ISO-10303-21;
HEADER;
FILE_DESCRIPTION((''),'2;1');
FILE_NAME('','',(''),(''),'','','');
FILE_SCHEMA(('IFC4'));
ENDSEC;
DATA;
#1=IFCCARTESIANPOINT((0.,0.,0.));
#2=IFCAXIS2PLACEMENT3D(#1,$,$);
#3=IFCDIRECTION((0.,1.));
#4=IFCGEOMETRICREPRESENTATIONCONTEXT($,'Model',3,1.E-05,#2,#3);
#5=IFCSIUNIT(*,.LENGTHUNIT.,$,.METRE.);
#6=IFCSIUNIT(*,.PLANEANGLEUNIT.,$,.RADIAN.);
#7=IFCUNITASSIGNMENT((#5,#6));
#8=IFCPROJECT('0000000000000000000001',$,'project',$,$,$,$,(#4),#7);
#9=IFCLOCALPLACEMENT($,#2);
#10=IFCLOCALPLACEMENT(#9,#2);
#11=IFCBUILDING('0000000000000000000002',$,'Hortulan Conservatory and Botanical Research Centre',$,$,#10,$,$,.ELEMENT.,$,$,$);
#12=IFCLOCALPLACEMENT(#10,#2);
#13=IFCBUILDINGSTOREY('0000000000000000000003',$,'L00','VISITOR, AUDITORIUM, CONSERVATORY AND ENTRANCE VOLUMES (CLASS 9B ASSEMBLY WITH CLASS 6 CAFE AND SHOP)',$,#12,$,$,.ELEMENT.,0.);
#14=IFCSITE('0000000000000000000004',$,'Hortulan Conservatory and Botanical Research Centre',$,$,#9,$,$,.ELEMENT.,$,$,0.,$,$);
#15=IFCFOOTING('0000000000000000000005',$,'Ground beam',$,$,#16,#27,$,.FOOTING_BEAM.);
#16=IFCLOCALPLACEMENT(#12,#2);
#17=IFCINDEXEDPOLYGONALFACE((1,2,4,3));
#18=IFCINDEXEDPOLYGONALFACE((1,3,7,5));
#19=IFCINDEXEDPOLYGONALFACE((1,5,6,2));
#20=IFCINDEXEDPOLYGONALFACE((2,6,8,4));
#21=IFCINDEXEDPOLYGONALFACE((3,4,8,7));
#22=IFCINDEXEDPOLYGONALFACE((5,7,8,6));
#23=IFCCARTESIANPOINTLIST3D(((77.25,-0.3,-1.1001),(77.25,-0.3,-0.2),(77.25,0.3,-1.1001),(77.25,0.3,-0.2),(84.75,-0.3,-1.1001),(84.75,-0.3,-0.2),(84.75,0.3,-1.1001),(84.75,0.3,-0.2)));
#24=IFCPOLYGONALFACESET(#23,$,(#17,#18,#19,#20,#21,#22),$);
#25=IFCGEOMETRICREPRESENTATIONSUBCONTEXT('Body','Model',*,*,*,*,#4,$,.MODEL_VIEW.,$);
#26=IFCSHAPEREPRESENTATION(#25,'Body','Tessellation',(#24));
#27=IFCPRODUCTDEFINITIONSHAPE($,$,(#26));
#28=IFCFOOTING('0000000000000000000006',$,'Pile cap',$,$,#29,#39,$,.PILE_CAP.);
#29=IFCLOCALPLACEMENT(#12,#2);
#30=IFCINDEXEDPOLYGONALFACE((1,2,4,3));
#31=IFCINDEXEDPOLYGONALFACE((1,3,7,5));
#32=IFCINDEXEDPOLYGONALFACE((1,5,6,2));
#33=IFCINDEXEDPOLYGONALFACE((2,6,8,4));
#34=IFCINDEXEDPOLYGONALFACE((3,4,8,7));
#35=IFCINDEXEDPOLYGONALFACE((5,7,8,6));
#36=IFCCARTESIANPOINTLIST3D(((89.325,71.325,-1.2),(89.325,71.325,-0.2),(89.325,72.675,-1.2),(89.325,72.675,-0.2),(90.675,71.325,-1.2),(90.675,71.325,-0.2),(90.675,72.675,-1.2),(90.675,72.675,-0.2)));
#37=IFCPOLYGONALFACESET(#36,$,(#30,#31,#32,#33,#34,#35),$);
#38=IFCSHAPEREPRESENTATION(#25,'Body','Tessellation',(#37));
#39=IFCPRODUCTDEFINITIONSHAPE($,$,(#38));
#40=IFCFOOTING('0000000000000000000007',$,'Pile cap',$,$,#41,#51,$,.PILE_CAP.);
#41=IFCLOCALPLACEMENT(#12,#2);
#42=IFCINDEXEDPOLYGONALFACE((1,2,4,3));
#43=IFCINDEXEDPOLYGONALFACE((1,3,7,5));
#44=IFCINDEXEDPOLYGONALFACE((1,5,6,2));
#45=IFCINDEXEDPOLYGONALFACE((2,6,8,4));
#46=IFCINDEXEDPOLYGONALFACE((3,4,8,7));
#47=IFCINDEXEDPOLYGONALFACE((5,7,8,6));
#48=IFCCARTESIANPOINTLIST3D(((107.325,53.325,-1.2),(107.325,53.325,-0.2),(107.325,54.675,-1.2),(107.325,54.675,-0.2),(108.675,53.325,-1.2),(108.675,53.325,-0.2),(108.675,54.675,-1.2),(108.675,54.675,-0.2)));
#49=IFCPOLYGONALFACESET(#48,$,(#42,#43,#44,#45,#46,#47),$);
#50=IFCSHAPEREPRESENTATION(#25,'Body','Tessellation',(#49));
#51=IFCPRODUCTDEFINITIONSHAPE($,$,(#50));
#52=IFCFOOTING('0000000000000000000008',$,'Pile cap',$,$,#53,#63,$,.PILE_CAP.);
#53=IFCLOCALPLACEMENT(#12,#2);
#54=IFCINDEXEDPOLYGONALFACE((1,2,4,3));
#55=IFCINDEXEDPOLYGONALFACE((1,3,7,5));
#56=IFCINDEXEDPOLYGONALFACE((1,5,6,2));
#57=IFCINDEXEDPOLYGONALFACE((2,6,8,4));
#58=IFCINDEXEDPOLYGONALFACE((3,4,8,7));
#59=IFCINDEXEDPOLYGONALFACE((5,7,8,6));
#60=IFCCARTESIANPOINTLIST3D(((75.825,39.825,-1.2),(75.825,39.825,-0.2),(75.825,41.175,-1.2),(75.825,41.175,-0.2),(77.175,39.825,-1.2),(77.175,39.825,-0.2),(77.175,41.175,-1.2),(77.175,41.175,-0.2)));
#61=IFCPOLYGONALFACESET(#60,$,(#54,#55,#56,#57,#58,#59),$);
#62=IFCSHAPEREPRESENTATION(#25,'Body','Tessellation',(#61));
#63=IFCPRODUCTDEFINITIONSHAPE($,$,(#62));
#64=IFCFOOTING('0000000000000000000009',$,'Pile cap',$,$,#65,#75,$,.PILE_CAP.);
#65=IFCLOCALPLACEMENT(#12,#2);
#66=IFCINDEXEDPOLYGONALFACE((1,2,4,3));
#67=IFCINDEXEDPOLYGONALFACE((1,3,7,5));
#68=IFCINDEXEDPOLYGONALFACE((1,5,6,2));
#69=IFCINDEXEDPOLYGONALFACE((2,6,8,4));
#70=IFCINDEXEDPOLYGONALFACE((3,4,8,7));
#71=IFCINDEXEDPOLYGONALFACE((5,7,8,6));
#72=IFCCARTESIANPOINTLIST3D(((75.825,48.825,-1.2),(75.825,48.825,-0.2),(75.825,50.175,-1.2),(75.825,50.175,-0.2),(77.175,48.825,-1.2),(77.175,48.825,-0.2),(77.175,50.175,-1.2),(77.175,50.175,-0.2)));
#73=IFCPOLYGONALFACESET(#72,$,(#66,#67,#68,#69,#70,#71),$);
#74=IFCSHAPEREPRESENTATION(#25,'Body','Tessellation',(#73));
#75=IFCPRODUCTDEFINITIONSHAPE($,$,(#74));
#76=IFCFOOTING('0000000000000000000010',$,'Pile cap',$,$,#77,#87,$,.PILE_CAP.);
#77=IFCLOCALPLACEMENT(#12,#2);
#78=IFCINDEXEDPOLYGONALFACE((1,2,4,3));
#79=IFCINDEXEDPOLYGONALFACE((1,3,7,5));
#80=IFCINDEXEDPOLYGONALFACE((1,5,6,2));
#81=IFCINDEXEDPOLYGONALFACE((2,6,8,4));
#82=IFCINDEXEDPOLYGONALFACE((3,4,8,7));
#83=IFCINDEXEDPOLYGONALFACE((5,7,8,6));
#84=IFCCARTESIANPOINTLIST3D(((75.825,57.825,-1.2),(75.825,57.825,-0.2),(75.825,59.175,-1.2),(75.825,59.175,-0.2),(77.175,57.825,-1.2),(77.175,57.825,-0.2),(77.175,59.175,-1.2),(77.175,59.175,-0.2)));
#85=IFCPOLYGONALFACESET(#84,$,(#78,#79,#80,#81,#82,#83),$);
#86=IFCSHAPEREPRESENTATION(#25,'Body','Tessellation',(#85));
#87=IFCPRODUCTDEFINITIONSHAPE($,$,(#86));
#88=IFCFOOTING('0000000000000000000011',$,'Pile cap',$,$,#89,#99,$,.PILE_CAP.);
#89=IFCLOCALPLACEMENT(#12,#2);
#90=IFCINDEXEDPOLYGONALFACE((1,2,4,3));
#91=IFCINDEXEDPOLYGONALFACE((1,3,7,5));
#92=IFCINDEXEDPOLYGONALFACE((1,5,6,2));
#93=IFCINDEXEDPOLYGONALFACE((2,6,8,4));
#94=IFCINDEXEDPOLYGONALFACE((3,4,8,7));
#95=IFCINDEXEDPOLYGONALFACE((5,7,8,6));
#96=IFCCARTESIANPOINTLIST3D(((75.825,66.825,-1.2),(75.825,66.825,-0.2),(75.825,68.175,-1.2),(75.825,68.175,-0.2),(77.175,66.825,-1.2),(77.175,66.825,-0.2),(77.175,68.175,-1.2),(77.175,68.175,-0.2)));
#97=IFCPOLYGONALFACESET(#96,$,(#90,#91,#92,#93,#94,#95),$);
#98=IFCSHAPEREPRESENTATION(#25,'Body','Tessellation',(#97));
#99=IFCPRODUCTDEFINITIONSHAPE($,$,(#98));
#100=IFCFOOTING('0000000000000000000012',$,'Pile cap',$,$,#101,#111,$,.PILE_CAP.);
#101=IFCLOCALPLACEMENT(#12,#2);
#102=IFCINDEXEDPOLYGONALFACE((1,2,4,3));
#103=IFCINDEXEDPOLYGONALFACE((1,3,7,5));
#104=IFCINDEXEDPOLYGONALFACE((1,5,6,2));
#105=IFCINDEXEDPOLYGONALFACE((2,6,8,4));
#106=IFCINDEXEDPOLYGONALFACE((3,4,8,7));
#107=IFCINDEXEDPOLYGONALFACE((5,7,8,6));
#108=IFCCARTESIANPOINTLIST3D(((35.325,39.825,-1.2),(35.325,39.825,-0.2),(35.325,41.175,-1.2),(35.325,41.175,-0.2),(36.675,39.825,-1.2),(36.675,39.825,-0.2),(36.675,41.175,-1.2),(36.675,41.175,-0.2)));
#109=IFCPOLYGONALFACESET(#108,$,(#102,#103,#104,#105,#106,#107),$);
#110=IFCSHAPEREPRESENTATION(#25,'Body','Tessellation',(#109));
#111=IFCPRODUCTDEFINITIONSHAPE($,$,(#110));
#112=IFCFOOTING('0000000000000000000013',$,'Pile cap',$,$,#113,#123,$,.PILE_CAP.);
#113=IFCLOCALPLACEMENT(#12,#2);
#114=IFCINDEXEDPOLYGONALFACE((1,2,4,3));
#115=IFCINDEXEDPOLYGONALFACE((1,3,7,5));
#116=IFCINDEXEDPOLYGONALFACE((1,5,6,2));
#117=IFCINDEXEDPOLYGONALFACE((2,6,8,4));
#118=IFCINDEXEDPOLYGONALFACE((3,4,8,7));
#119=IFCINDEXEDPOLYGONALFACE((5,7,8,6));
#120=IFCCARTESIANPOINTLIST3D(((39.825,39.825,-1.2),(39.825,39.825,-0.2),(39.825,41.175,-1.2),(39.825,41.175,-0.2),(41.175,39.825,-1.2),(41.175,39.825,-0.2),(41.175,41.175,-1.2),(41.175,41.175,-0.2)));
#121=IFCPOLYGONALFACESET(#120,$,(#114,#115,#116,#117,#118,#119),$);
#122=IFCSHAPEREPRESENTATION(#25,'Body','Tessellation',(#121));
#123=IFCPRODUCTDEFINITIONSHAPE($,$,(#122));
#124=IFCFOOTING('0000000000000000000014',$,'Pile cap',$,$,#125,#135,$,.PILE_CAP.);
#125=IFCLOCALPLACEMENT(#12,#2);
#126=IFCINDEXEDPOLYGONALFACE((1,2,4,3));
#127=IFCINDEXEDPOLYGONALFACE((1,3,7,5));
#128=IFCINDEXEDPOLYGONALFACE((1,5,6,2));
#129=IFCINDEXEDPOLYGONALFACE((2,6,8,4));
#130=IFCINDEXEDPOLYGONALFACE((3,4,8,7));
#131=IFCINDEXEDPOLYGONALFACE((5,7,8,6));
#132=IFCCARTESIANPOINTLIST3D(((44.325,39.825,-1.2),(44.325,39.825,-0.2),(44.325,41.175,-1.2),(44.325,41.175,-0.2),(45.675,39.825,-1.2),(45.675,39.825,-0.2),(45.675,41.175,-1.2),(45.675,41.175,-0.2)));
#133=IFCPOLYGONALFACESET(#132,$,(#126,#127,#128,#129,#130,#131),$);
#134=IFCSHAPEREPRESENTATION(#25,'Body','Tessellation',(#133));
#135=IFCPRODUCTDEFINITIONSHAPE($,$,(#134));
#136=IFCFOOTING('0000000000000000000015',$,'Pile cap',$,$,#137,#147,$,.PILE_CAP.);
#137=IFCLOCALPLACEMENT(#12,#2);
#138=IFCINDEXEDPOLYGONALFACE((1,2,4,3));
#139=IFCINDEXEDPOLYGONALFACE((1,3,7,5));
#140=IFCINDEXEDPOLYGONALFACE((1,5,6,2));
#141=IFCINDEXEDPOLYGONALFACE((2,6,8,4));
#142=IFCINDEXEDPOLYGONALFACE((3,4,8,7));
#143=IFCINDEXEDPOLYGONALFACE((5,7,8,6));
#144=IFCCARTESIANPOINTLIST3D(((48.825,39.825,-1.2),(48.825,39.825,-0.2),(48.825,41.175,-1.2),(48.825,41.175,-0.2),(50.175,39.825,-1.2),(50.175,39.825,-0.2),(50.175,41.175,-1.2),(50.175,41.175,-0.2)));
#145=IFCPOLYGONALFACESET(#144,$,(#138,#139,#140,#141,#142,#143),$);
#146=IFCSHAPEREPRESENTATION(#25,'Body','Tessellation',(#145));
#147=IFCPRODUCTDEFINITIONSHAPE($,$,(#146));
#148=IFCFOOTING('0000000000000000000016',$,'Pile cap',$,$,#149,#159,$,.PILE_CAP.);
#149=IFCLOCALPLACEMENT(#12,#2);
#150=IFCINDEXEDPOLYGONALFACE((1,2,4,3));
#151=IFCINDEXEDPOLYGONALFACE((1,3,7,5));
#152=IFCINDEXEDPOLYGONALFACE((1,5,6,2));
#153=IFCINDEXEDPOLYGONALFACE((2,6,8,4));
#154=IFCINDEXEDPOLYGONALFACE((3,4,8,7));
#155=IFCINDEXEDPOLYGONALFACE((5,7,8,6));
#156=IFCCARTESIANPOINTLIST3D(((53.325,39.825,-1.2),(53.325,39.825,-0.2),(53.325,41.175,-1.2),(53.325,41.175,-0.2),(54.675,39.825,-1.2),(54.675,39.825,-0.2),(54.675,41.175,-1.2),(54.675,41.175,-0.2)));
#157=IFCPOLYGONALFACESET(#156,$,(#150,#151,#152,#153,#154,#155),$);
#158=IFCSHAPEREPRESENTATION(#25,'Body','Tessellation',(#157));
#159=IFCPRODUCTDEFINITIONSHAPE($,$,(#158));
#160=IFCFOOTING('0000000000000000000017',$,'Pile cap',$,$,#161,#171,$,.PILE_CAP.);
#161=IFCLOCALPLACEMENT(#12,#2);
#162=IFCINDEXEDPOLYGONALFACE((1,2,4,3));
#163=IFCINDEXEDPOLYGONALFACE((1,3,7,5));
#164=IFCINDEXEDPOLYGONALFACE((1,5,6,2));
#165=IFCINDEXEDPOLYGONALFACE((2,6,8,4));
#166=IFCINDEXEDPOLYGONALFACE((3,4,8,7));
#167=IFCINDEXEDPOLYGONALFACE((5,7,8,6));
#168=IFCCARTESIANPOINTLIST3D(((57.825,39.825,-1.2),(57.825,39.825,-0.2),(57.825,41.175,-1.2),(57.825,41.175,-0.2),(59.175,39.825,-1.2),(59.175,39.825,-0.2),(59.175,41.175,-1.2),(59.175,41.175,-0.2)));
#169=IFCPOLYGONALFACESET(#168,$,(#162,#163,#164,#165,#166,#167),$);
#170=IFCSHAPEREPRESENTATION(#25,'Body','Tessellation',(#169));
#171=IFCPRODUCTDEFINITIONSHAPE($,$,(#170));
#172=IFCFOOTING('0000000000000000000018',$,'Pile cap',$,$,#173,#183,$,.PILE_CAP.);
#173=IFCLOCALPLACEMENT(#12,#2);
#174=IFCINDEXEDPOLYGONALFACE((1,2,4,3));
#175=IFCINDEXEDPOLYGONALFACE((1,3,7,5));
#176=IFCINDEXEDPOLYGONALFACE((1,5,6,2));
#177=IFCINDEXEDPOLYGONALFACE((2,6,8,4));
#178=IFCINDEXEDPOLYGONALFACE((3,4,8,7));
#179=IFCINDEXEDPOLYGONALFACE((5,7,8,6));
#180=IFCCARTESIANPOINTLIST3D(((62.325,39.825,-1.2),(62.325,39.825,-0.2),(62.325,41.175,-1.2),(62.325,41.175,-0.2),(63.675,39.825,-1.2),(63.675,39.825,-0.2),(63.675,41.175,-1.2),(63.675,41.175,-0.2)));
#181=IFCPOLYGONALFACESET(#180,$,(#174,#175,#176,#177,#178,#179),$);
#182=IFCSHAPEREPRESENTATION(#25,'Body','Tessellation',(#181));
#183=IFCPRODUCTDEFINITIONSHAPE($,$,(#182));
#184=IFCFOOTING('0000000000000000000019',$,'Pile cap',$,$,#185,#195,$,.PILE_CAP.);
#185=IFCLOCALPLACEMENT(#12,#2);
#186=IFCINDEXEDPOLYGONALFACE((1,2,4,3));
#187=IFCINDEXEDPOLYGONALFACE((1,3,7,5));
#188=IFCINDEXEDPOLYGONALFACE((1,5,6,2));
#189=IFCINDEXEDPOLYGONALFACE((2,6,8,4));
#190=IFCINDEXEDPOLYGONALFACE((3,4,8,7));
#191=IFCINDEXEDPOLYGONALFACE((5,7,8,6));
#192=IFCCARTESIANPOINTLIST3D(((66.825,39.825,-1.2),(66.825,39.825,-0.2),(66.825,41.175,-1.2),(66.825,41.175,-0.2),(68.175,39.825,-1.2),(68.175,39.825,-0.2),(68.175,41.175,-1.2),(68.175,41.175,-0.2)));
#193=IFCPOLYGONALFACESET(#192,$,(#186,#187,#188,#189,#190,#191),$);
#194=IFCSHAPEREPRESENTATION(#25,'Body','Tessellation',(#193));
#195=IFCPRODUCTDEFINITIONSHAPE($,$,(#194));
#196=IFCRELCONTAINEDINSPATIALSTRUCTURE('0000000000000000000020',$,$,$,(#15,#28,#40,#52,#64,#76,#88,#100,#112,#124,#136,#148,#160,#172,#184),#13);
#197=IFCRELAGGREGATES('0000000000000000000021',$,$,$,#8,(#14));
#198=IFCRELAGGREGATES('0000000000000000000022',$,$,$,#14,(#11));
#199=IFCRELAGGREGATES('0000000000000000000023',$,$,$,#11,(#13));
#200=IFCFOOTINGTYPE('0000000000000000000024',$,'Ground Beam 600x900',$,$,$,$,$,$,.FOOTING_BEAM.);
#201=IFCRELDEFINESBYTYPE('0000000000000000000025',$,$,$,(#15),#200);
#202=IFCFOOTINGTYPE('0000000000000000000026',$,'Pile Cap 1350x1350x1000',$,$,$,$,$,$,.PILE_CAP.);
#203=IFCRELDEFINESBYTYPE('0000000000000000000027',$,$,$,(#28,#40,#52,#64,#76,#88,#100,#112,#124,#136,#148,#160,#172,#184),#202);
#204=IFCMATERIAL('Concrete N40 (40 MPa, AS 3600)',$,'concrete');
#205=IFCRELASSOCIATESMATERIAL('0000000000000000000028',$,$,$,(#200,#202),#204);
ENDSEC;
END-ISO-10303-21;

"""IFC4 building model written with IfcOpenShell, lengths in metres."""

from ifc_helpers import new_model, si_unit, direction, frame, origin, place, context, subcontext, project, spatial, polyline, outline, extrude, material, type_object, element, save


model = new_model("IFC4")

# Units and contexts
model_context = context("Model", 3, precision=1e-05, world=origin(), true_north=direction((0.0, 1.0)))
body_context = subcontext(model_context, "Body", "Model", "MODEL_VIEW")
ifc_project = project(units=[si_unit("LENGTHUNIT", "METRE"), si_unit("PLANEANGLEUNIT", "RADIAN")], contexts=[model_context])

# Site, building, storey
site_placement = place(None, origin())
site = spatial("IfcSite", under=ifc_project, at=site_placement, Name="Hortulan Conservatory and Botanical Research Centre", CompositionType="ELEMENT", RefElevation=0.0)
building_placement = place(site_placement, origin())
building = spatial("IfcBuilding", under=site, at=building_placement, Name="Hortulan Conservatory and Botanical Research Centre", CompositionType="ELEMENT")
storey_placement = place(building_placement, origin())
storey = spatial("IfcBuildingStorey", under=building, at=storey_placement, Name="L00", Description="VISITOR, AUDITORIUM, CONSERVATORY AND ENTRANCE VOLUMES (CLASS 9B ASSEMBLY WITH CLASS 6 CAFE AND SHOP)", CompositionType="ELEMENT", Elevation=0.0)

# Footings
ifc_material = material(Name="Concrete N40 (40 MPa, AS 3600)", Category="concrete")
footing_type_1 = type_object("IfcFootingType", Name="Ground Beam 600x900", PredefinedType="FOOTING_BEAM", material=ifc_material)
footing_1_placement = place(storey_placement, frame((0.0, 0.0, -1.1001)))
element("IfcFooting", 1, at=footing_1_placement, inside=storey, type_object=footing_type_1, Name="Ground beam", PredefinedType="FOOTING_BEAM", context=body_context, shape_type="SweptSolid", body=[
    extrude(outline(polyline([(84.75, -0.3), (84.75, 0.3), (77.25, 0.3), (77.25, -0.3), (84.75, -0.3)])), origin(), (0.0, 0.0, 1.0), 0.9001),
])
footing_type_2 = type_object("IfcFootingType", Name="Pile Cap 1350x1350x1000", PredefinedType="PILE_CAP", material=ifc_material)
footing_2_placement = place(storey_placement, frame((0.0, 0.0, -1.2)))
element("IfcFooting", 2, at=footing_2_placement, inside=storey, type_object=footing_type_2, Name="Pile cap", PredefinedType="PILE_CAP", context=body_context, shape_type="SweptSolid", body=[
    extrude(outline(polyline([(90.675, 71.325), (90.675, 72.675), (89.325, 72.675), (89.325, 71.325), (90.675, 71.325)])), origin(), (0.0, 0.0, 1.0), 1.0),
])
footing_3_placement = place(storey_placement, frame((0.0, 0.0, -1.2)))
element("IfcFooting", 3, at=footing_3_placement, inside=storey, type_object=footing_type_2, Name="Pile cap", PredefinedType="PILE_CAP", context=body_context, shape_type="SweptSolid", body=[
    extrude(outline(polyline([(108.675, 53.325), (108.675, 54.675), (107.325, 54.675), (107.325, 53.325), (108.675, 53.325)])), origin(), (0.0, 0.0, 1.0), 1.0),
])
footing_4_placement = place(storey_placement, frame((0.0, 0.0, -1.2)))
element("IfcFooting", 4, at=footing_4_placement, inside=storey, type_object=footing_type_2, Name="Pile cap", PredefinedType="PILE_CAP", context=body_context, shape_type="SweptSolid", body=[
    extrude(outline(polyline([(77.175, 39.825), (77.175, 41.175), (75.825, 41.175), (75.825, 39.825), (77.175, 39.825)])), origin(), (0.0, 0.0, 1.0), 1.0),
])
footing_5_placement = place(storey_placement, frame((0.0, 0.0, -1.2)))
element("IfcFooting", 5, at=footing_5_placement, inside=storey, type_object=footing_type_2, Name="Pile cap", PredefinedType="PILE_CAP", context=body_context, shape_type="SweptSolid", body=[
    extrude(outline(polyline([(77.175, 48.825), (77.175, 50.175), (75.825, 50.175), (75.825, 48.825), (77.175, 48.825)])), origin(), (0.0, 0.0, 1.0), 1.0),
])
footing_6_placement = place(storey_placement, frame((0.0, 0.0, -1.2)))
element("IfcFooting", 6, at=footing_6_placement, inside=storey, type_object=footing_type_2, Name="Pile cap", PredefinedType="PILE_CAP", context=body_context, shape_type="SweptSolid", body=[
    extrude(outline(polyline([(77.175, 57.825), (77.175, 59.175), (75.825, 59.175), (75.825, 57.825), (77.175, 57.825)])), origin(), (0.0, 0.0, 1.0), 1.0),
])
footing_7_placement = place(storey_placement, frame((0.0, 0.0, -1.2)))
element("IfcFooting", 7, at=footing_7_placement, inside=storey, type_object=footing_type_2, Name="Pile cap", PredefinedType="PILE_CAP", context=body_context, shape_type="SweptSolid", body=[
    extrude(outline(polyline([(77.175, 66.825), (77.175, 68.175), (75.825, 68.175), (75.825, 66.825), (77.175, 66.825)])), origin(), (0.0, 0.0, 1.0), 1.0),
])
footing_8_placement = place(storey_placement, frame((0.0, 0.0, -1.2)))
element("IfcFooting", 8, at=footing_8_placement, inside=storey, type_object=footing_type_2, Name="Pile cap", PredefinedType="PILE_CAP", context=body_context, shape_type="SweptSolid", body=[
    extrude(outline(polyline([(36.675, 39.825), (36.675, 41.175), (35.325, 41.175), (35.325, 39.825), (36.675, 39.825)])), origin(), (0.0, 0.0, 1.0), 1.0),
])
footing_9_placement = place(storey_placement, frame((0.0, 0.0, -1.2)))
element("IfcFooting", 9, at=footing_9_placement, inside=storey, type_object=footing_type_2, Name="Pile cap", PredefinedType="PILE_CAP", context=body_context, shape_type="SweptSolid", body=[
    extrude(outline(polyline([(41.175, 39.825), (41.175, 41.175), (39.825, 41.175), (39.825, 39.825), (41.175, 39.825)])), origin(), (0.0, 0.0, 1.0), 1.0),
])
footing_10_placement = place(storey_placement, frame((0.0, 0.0, -1.2)))
element("IfcFooting", 10, at=footing_10_placement, inside=storey, type_object=footing_type_2, Name="Pile cap", PredefinedType="PILE_CAP", context=body_context, shape_type="SweptSolid", body=[
    extrude(outline(polyline([(45.675, 39.825), (45.675, 41.175), (44.325, 41.175), (44.325, 39.825), (45.675, 39.825)])), origin(), (0.0, 0.0, 1.0), 1.0),
])
footing_11_placement = place(storey_placement, frame((0.0, 0.0, -1.2)))
element("IfcFooting", 11, at=footing_11_placement, inside=storey, type_object=footing_type_2, Name="Pile cap", PredefinedType="PILE_CAP", context=body_context, shape_type="SweptSolid", body=[
    extrude(outline(polyline([(50.175, 39.825), (50.175, 41.175), (48.825, 41.175), (48.825, 39.825), (50.175, 39.825)])), origin(), (0.0, 0.0, 1.0), 1.0),
])
footing_12_placement = place(storey_placement, frame((0.0, 0.0, -1.2)))
element("IfcFooting", 12, at=footing_12_placement, inside=storey, type_object=footing_type_2, Name="Pile cap", PredefinedType="PILE_CAP", context=body_context, shape_type="SweptSolid", body=[
    extrude(outline(polyline([(54.675, 39.825), (54.675, 41.175), (53.325, 41.175), (53.325, 39.825), (54.675, 39.825)])), origin(), (0.0, 0.0, 1.0), 1.0),
])
footing_13_placement = place(storey_placement, frame((0.0, 0.0, -1.2)))
element("IfcFooting", 13, at=footing_13_placement, inside=storey, type_object=footing_type_2, Name="Pile cap", PredefinedType="PILE_CAP", context=body_context, shape_type="SweptSolid", body=[
    extrude(outline(polyline([(59.175, 39.825), (59.175, 41.175), (57.825, 41.175), (57.825, 39.825), (59.175, 39.825)])), origin(), (0.0, 0.0, 1.0), 1.0),
])
footing_14_placement = place(storey_placement, frame((0.0, 0.0, -1.2)))
element("IfcFooting", 14, at=footing_14_placement, inside=storey, type_object=footing_type_2, Name="Pile cap", PredefinedType="PILE_CAP", context=body_context, shape_type="SweptSolid", body=[
    extrude(outline(polyline([(63.675, 39.825), (63.675, 41.175), (62.325, 41.175), (62.325, 39.825), (63.675, 39.825)])), origin(), (0.0, 0.0, 1.0), 1.0),
])
footing_15_placement = place(storey_placement, frame((0.0, 0.0, -1.2)))
element("IfcFooting", 15, at=footing_15_placement, inside=storey, type_object=footing_type_2, Name="Pile cap", PredefinedType="PILE_CAP", context=body_context, shape_type="SweptSolid", body=[
    extrude(outline(polyline([(68.175, 39.825), (68.175, 41.175), (66.825, 41.175), (66.825, 39.825), (68.175, 39.825)])), origin(), (0.0, 0.0, 1.0), 1.0),
])

save(model, "model.ifc")
